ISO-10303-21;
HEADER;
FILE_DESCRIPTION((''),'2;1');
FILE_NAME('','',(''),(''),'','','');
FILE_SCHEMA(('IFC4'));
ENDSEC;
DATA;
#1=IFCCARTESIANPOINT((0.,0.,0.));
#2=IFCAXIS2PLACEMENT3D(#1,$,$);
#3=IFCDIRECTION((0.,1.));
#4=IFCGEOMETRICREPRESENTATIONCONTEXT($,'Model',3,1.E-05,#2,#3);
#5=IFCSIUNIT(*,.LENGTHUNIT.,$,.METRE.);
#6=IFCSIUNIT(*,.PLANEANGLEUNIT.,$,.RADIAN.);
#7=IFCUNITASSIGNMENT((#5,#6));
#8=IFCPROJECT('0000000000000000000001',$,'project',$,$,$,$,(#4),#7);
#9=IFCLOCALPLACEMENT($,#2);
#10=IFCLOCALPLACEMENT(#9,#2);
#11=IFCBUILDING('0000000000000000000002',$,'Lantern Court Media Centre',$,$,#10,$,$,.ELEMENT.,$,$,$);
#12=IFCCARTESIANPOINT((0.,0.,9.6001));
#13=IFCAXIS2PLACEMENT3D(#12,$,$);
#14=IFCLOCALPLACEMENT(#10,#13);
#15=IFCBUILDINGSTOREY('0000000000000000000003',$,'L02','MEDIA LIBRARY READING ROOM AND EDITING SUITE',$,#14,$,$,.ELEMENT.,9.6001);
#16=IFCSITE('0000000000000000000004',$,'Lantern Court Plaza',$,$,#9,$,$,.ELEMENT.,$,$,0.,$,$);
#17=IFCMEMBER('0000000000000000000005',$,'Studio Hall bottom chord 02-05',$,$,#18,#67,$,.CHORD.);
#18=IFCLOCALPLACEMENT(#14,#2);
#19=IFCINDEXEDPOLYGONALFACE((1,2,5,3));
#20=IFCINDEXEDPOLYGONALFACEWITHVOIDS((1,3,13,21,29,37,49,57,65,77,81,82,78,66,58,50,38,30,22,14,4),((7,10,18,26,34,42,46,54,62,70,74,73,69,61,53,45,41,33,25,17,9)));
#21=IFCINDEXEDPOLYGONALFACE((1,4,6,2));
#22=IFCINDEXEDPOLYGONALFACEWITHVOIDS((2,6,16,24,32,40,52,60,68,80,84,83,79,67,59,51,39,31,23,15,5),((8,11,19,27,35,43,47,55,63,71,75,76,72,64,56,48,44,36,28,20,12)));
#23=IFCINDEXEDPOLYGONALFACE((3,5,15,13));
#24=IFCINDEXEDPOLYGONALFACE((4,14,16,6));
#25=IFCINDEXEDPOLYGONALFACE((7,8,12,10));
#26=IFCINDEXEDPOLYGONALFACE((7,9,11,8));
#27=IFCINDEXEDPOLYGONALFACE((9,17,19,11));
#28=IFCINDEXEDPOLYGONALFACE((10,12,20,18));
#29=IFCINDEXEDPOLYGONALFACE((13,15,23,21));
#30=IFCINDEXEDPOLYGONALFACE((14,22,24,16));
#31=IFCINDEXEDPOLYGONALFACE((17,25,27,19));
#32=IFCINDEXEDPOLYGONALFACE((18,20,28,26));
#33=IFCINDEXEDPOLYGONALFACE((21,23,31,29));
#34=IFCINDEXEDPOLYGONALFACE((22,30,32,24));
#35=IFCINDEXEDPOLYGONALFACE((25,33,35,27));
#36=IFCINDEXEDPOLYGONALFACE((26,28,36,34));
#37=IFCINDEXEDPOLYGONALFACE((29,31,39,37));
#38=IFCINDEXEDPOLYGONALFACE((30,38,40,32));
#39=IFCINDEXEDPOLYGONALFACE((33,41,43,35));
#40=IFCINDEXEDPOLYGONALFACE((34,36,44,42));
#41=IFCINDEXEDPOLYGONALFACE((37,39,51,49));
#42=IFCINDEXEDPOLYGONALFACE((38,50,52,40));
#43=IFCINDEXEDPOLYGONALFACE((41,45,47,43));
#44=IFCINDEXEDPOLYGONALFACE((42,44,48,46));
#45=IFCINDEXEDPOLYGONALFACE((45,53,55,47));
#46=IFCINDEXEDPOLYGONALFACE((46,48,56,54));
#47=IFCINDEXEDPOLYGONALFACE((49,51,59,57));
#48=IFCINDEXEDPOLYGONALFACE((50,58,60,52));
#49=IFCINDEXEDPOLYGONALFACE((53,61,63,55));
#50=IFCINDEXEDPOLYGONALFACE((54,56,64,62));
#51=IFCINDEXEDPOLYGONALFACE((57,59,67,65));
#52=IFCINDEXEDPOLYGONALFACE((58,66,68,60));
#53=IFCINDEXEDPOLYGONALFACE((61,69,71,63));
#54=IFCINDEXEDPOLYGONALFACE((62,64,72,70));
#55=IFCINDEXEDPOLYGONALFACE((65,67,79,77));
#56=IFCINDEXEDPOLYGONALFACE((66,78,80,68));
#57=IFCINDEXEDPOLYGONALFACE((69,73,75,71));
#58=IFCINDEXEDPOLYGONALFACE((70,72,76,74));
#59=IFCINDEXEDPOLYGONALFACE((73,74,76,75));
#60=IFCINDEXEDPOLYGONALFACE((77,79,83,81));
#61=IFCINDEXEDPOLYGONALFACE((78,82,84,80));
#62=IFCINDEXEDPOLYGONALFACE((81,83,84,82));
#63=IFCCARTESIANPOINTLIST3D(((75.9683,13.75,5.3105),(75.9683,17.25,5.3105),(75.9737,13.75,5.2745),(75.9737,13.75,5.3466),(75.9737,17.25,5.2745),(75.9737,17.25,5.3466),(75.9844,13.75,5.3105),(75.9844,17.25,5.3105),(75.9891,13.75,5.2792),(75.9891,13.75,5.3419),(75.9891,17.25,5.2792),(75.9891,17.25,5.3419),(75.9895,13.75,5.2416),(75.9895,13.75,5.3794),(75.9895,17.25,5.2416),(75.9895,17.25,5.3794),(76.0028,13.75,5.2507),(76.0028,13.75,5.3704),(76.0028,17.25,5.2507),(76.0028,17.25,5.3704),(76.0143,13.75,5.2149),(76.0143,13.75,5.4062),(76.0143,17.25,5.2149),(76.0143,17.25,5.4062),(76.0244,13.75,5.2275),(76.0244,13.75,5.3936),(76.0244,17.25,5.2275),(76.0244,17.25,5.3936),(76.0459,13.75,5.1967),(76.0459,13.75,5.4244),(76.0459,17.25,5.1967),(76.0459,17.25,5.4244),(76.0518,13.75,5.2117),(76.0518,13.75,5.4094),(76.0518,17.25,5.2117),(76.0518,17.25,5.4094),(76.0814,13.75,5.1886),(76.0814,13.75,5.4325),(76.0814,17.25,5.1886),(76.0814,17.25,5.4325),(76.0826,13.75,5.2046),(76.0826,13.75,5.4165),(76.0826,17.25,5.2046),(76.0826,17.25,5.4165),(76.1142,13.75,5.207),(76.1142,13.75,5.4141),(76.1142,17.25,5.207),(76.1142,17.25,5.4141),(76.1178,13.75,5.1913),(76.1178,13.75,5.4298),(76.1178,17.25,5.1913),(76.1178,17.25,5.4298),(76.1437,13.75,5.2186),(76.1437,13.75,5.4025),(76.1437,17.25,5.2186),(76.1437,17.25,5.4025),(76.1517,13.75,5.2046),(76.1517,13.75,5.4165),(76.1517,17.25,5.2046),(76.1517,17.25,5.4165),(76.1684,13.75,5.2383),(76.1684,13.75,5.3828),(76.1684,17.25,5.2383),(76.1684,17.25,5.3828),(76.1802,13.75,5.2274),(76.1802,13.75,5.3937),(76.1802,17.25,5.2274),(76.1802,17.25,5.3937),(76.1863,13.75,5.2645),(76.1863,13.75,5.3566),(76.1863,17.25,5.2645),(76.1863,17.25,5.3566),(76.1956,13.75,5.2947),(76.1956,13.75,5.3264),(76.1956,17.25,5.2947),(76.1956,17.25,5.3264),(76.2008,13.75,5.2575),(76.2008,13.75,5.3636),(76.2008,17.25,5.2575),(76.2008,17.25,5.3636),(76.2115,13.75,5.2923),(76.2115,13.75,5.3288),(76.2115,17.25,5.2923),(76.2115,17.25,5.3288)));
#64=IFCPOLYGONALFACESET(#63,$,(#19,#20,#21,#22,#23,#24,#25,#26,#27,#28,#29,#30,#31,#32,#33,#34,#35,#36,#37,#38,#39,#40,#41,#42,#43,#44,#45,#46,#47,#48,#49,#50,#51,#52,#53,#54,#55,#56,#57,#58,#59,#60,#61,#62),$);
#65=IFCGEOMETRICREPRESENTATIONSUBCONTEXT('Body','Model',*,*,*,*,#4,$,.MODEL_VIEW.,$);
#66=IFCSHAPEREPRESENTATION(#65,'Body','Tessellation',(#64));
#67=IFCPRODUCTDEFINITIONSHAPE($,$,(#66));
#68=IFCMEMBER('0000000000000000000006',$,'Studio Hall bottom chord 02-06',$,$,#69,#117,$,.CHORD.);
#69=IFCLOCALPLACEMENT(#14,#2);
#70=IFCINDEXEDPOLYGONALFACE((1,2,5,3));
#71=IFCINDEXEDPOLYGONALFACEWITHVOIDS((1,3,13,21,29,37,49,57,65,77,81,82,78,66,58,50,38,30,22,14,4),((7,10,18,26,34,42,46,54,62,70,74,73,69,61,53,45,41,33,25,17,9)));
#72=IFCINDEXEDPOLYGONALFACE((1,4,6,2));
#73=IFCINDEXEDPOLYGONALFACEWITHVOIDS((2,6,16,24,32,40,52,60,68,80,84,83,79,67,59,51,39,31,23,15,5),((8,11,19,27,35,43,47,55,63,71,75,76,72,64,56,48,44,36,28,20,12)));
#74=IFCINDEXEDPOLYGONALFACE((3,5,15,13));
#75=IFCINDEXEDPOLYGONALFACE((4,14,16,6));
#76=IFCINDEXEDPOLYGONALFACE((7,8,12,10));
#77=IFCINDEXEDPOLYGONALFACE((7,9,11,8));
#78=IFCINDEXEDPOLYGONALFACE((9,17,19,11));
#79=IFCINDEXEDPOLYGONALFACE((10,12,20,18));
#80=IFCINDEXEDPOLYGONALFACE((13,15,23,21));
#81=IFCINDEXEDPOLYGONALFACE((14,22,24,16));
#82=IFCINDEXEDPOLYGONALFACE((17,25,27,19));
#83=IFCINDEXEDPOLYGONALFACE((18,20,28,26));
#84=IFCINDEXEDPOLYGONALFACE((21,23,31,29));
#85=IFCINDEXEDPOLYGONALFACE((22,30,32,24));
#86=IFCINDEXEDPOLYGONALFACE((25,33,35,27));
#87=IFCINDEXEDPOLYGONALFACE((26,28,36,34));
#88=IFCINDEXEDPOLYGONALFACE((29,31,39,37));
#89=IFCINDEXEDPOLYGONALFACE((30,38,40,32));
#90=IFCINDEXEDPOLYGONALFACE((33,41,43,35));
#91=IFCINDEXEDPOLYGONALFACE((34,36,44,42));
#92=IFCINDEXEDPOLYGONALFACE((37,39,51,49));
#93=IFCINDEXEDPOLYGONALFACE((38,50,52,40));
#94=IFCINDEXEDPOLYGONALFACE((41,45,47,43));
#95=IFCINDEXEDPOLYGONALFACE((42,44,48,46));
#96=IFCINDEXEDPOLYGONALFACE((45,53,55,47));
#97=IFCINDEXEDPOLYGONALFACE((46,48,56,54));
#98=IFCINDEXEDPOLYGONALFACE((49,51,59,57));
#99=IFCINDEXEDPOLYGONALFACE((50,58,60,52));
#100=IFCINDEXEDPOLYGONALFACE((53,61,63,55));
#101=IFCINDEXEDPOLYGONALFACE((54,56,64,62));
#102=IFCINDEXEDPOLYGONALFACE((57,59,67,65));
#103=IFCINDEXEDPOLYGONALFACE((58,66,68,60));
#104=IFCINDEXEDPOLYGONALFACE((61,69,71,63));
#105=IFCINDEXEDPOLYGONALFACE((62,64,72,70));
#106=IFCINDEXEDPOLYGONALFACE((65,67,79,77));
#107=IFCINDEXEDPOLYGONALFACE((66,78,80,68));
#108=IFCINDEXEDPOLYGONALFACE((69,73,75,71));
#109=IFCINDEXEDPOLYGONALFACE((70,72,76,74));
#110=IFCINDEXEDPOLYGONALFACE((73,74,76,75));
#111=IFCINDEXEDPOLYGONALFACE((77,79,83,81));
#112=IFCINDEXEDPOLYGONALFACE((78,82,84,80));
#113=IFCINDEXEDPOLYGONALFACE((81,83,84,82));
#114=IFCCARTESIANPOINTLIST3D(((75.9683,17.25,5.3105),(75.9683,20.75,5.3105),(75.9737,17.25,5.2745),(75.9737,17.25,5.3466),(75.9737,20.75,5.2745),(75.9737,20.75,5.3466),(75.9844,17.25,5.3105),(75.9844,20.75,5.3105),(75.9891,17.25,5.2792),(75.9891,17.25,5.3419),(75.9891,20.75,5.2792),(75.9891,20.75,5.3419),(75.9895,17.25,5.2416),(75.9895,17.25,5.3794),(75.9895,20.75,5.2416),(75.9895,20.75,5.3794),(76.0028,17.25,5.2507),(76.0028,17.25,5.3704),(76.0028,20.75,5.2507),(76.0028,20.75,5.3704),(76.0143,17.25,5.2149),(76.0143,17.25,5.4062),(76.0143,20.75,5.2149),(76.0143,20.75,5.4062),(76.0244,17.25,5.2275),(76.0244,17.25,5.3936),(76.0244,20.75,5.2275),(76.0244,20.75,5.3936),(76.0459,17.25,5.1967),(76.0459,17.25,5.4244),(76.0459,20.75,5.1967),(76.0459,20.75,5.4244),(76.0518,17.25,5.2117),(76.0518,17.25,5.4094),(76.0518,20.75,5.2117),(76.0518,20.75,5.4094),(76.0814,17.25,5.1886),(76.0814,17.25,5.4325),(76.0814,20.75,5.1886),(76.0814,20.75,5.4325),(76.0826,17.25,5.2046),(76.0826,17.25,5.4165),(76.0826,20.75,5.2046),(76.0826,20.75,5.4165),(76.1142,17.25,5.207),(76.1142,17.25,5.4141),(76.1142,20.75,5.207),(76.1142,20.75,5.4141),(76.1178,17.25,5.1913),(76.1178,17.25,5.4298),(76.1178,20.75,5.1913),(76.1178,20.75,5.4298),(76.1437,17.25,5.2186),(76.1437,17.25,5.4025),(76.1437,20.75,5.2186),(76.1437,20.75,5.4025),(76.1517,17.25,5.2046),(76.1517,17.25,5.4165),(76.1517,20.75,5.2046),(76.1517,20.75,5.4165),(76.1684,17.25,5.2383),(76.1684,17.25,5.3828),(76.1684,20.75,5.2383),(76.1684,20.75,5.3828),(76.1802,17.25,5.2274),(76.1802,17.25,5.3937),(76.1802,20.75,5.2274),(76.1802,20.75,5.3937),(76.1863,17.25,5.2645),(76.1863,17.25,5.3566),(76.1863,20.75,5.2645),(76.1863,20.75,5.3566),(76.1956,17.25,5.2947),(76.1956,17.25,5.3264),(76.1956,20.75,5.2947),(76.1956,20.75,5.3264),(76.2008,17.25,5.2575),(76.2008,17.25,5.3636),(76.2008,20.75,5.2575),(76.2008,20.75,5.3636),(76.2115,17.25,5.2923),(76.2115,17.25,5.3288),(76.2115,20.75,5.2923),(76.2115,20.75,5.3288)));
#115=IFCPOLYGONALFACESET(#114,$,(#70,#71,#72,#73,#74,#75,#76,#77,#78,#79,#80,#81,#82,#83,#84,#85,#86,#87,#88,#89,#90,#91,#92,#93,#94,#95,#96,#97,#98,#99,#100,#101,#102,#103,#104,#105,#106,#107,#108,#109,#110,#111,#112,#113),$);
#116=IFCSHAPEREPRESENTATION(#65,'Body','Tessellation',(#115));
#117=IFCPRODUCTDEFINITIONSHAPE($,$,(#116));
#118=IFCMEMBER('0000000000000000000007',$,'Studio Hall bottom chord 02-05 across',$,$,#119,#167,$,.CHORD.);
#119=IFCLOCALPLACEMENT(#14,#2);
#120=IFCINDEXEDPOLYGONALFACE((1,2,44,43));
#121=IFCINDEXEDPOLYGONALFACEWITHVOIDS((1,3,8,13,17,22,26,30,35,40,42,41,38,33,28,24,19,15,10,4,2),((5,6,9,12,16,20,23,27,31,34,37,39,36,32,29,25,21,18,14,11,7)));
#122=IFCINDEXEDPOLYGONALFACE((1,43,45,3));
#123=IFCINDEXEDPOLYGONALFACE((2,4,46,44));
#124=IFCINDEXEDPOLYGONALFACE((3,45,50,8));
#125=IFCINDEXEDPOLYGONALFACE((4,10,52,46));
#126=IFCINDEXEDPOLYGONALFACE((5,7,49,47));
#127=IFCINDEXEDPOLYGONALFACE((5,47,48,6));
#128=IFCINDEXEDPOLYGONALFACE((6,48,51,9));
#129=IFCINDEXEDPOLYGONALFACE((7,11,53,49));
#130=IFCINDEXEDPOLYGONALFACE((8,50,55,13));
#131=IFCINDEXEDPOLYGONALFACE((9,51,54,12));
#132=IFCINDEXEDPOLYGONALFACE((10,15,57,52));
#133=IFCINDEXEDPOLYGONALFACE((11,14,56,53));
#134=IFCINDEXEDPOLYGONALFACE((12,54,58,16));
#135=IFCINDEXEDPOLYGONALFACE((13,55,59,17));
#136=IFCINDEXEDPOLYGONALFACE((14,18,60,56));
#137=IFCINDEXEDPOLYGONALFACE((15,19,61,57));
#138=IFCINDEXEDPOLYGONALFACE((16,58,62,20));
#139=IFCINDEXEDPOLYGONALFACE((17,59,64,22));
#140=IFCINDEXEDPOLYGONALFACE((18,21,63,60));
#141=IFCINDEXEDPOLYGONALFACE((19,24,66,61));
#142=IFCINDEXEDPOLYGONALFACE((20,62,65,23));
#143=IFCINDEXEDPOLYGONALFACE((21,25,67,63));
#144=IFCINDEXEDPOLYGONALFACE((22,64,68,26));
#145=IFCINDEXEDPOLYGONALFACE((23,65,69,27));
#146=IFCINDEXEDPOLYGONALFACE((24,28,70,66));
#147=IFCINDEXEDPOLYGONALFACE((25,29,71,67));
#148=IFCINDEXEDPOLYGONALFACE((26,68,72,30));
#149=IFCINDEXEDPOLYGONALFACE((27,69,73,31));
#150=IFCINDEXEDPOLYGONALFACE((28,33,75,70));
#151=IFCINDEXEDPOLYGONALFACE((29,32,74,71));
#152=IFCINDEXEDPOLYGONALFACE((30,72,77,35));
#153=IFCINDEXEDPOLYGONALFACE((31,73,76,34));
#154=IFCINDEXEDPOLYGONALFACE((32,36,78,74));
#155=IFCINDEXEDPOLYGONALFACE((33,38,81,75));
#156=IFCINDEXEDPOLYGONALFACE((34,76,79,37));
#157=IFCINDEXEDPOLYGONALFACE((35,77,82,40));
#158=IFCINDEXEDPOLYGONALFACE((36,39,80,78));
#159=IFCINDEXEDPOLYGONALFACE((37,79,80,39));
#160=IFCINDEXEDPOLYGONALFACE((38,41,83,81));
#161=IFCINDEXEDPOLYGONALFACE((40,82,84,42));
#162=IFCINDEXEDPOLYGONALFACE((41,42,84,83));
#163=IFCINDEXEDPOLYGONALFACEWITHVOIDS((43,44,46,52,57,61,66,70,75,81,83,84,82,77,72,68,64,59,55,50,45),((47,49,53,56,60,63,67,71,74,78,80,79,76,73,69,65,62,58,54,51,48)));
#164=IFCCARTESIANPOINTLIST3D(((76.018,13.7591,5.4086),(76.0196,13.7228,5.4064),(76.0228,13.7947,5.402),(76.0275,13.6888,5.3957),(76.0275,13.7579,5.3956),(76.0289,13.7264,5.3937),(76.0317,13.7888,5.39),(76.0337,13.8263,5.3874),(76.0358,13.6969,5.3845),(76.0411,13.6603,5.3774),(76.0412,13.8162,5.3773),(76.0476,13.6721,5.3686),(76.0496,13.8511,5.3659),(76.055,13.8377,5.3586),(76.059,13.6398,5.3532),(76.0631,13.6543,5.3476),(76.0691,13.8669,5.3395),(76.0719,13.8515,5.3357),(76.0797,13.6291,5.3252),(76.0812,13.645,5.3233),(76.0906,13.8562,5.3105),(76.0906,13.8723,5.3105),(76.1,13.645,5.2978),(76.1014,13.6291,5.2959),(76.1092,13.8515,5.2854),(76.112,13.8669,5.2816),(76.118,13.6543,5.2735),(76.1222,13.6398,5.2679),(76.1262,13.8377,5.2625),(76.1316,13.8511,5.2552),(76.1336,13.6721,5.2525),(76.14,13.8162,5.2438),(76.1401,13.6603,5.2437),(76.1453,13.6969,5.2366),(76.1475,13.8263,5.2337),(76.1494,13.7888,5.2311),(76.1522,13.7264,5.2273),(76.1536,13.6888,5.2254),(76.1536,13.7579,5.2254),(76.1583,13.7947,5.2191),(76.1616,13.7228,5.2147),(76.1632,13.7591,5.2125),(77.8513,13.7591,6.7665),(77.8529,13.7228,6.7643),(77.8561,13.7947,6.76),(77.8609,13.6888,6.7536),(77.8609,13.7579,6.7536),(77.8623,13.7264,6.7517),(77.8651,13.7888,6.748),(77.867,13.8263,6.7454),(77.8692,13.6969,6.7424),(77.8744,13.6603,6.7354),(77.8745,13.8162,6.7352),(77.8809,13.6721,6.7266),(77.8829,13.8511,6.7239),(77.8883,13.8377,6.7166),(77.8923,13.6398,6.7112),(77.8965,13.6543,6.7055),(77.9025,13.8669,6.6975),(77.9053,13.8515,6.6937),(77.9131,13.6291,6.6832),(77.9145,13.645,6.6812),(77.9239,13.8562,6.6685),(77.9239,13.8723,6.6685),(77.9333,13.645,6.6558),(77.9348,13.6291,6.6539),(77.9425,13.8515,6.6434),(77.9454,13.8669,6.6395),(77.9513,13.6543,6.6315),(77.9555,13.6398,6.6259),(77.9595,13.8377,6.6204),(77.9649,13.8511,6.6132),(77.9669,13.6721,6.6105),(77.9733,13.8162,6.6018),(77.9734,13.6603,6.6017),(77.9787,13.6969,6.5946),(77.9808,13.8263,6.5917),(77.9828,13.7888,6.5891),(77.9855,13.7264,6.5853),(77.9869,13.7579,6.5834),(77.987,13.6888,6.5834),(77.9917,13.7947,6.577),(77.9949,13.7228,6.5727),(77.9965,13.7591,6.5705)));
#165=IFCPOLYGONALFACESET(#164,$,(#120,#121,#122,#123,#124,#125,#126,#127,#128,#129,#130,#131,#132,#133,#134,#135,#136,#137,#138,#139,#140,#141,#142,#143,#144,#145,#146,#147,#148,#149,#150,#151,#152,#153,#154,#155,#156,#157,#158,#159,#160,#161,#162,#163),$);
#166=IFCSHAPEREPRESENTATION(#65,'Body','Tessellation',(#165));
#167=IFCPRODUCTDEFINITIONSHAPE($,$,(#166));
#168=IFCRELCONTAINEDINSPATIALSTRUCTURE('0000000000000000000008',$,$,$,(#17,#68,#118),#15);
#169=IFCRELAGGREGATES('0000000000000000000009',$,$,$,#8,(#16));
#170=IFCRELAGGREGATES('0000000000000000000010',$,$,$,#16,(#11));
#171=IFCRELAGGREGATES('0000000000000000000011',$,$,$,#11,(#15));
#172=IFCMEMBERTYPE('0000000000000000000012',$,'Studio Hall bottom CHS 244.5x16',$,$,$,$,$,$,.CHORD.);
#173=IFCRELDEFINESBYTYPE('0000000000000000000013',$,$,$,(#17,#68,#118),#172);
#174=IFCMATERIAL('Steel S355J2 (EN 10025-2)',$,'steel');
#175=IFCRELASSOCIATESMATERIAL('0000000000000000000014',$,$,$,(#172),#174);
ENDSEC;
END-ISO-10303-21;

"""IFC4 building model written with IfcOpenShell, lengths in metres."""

from ifc_helpers import new_model, si_unit, direction, frame, origin, origin_2d, place, context, subcontext, project, spatial, hollow_circle, extrude, material, material_profile, profile_set, type_object, element, save


model = new_model("IFC4")

# Units and contexts
model_context = context("Model", 3, precision=1e-05, world=origin(), true_north=direction((0.0, 1.0)))
body_context = subcontext(model_context, "Body", "Model", "MODEL_VIEW")
ifc_project = project(units=[si_unit("LENGTHUNIT", "METRE"), si_unit("PLANEANGLEUNIT", "RADIAN")], contexts=[model_context])

# Site, building, storey
site_placement = place(None, origin())
site = spatial("IfcSite", under=ifc_project, at=site_placement, Name="Lantern Court Plaza", CompositionType="ELEMENT", RefElevation=0.0)
building_placement = place(site_placement, origin())
building = spatial("IfcBuilding", under=site, at=building_placement, Name="Lantern Court Media Centre", CompositionType="ELEMENT")
storey_placement = place(building_placement, frame((0.0, 0.0, 9.6001)))
storey = spatial("IfcBuildingStorey", under=building, at=storey_placement, Name="L02", Description="MEDIA LIBRARY READING ROOM AND EDITING SUITE", CompositionType="ELEMENT", Elevation=9.6001)

# Members
ifc_material_1 = material(Name="Steel S355J2 (EN 10025-2)", Category="steel")
ifc_material_profile_1 = material_profile(ifc_material_1, hollow_circle(Radius=0.1223, WallThickness=0.0161, at=origin_2d()), Name="Studio Hall bottom CHS 244.5x16")
ifc_profile_set_1 = profile_set([ifc_material_profile_1], Name="Steel S355J2 (EN 10025-2)")
member_type_1 = type_object("IfcMemberType", Name="Studio Hall bottom CHS 244.5x16", PredefinedType="CHORD", material=ifc_profile_set_1)
for number, where, z_axis, x_axis, name in (
    (1, (76.0906, 13.75, 5.3105), (0.0, 1.0, 0.0), (-1.0, 0.0, 0.0), "Studio Hall bottom chord 02-05"),
    (2, (76.0906, 17.25, 5.3105), (0.0, 1.0, 0.0), (-1.0, 0.0, 0.0), "Studio Hall bottom chord 02-06"),
):
    element("IfcMember", number, at=place(storey_placement, frame(where, z_axis=z_axis, x_axis=x_axis)), inside=storey, type_object=member_type_1, Name=name, PredefinedType="CHORD", context=body_context, shape_type="SweptSolid", body=[
        extrude(hollow_circle(Radius=0.1223, WallThickness=0.0161, at=origin_2d()), origin(), (0.0, 0.0, 1.0), 3.5),
    ])
for number, where, z_axis, x_axis, name in (
    (3, (76.0906, 13.75, 5.3105), (0.803569, 0.0, 0.595212), (0.0, 1.0, 0.0), "Studio Hall bottom chord 02-05 across"),
):
    element("IfcMember", number, at=place(storey_placement, frame(where, z_axis=z_axis, x_axis=x_axis)), inside=storey, type_object=member_type_1, Name=name, PredefinedType="CHORD", context=body_context, shape_type="SweptSolid", body=[
        extrude(hollow_circle(Radius=0.1223, WallThickness=0.0161, at=origin_2d()), origin(), (0.0, 0.0, 1.0), 2.2815),
    ])

save(model, "model.ifc")
